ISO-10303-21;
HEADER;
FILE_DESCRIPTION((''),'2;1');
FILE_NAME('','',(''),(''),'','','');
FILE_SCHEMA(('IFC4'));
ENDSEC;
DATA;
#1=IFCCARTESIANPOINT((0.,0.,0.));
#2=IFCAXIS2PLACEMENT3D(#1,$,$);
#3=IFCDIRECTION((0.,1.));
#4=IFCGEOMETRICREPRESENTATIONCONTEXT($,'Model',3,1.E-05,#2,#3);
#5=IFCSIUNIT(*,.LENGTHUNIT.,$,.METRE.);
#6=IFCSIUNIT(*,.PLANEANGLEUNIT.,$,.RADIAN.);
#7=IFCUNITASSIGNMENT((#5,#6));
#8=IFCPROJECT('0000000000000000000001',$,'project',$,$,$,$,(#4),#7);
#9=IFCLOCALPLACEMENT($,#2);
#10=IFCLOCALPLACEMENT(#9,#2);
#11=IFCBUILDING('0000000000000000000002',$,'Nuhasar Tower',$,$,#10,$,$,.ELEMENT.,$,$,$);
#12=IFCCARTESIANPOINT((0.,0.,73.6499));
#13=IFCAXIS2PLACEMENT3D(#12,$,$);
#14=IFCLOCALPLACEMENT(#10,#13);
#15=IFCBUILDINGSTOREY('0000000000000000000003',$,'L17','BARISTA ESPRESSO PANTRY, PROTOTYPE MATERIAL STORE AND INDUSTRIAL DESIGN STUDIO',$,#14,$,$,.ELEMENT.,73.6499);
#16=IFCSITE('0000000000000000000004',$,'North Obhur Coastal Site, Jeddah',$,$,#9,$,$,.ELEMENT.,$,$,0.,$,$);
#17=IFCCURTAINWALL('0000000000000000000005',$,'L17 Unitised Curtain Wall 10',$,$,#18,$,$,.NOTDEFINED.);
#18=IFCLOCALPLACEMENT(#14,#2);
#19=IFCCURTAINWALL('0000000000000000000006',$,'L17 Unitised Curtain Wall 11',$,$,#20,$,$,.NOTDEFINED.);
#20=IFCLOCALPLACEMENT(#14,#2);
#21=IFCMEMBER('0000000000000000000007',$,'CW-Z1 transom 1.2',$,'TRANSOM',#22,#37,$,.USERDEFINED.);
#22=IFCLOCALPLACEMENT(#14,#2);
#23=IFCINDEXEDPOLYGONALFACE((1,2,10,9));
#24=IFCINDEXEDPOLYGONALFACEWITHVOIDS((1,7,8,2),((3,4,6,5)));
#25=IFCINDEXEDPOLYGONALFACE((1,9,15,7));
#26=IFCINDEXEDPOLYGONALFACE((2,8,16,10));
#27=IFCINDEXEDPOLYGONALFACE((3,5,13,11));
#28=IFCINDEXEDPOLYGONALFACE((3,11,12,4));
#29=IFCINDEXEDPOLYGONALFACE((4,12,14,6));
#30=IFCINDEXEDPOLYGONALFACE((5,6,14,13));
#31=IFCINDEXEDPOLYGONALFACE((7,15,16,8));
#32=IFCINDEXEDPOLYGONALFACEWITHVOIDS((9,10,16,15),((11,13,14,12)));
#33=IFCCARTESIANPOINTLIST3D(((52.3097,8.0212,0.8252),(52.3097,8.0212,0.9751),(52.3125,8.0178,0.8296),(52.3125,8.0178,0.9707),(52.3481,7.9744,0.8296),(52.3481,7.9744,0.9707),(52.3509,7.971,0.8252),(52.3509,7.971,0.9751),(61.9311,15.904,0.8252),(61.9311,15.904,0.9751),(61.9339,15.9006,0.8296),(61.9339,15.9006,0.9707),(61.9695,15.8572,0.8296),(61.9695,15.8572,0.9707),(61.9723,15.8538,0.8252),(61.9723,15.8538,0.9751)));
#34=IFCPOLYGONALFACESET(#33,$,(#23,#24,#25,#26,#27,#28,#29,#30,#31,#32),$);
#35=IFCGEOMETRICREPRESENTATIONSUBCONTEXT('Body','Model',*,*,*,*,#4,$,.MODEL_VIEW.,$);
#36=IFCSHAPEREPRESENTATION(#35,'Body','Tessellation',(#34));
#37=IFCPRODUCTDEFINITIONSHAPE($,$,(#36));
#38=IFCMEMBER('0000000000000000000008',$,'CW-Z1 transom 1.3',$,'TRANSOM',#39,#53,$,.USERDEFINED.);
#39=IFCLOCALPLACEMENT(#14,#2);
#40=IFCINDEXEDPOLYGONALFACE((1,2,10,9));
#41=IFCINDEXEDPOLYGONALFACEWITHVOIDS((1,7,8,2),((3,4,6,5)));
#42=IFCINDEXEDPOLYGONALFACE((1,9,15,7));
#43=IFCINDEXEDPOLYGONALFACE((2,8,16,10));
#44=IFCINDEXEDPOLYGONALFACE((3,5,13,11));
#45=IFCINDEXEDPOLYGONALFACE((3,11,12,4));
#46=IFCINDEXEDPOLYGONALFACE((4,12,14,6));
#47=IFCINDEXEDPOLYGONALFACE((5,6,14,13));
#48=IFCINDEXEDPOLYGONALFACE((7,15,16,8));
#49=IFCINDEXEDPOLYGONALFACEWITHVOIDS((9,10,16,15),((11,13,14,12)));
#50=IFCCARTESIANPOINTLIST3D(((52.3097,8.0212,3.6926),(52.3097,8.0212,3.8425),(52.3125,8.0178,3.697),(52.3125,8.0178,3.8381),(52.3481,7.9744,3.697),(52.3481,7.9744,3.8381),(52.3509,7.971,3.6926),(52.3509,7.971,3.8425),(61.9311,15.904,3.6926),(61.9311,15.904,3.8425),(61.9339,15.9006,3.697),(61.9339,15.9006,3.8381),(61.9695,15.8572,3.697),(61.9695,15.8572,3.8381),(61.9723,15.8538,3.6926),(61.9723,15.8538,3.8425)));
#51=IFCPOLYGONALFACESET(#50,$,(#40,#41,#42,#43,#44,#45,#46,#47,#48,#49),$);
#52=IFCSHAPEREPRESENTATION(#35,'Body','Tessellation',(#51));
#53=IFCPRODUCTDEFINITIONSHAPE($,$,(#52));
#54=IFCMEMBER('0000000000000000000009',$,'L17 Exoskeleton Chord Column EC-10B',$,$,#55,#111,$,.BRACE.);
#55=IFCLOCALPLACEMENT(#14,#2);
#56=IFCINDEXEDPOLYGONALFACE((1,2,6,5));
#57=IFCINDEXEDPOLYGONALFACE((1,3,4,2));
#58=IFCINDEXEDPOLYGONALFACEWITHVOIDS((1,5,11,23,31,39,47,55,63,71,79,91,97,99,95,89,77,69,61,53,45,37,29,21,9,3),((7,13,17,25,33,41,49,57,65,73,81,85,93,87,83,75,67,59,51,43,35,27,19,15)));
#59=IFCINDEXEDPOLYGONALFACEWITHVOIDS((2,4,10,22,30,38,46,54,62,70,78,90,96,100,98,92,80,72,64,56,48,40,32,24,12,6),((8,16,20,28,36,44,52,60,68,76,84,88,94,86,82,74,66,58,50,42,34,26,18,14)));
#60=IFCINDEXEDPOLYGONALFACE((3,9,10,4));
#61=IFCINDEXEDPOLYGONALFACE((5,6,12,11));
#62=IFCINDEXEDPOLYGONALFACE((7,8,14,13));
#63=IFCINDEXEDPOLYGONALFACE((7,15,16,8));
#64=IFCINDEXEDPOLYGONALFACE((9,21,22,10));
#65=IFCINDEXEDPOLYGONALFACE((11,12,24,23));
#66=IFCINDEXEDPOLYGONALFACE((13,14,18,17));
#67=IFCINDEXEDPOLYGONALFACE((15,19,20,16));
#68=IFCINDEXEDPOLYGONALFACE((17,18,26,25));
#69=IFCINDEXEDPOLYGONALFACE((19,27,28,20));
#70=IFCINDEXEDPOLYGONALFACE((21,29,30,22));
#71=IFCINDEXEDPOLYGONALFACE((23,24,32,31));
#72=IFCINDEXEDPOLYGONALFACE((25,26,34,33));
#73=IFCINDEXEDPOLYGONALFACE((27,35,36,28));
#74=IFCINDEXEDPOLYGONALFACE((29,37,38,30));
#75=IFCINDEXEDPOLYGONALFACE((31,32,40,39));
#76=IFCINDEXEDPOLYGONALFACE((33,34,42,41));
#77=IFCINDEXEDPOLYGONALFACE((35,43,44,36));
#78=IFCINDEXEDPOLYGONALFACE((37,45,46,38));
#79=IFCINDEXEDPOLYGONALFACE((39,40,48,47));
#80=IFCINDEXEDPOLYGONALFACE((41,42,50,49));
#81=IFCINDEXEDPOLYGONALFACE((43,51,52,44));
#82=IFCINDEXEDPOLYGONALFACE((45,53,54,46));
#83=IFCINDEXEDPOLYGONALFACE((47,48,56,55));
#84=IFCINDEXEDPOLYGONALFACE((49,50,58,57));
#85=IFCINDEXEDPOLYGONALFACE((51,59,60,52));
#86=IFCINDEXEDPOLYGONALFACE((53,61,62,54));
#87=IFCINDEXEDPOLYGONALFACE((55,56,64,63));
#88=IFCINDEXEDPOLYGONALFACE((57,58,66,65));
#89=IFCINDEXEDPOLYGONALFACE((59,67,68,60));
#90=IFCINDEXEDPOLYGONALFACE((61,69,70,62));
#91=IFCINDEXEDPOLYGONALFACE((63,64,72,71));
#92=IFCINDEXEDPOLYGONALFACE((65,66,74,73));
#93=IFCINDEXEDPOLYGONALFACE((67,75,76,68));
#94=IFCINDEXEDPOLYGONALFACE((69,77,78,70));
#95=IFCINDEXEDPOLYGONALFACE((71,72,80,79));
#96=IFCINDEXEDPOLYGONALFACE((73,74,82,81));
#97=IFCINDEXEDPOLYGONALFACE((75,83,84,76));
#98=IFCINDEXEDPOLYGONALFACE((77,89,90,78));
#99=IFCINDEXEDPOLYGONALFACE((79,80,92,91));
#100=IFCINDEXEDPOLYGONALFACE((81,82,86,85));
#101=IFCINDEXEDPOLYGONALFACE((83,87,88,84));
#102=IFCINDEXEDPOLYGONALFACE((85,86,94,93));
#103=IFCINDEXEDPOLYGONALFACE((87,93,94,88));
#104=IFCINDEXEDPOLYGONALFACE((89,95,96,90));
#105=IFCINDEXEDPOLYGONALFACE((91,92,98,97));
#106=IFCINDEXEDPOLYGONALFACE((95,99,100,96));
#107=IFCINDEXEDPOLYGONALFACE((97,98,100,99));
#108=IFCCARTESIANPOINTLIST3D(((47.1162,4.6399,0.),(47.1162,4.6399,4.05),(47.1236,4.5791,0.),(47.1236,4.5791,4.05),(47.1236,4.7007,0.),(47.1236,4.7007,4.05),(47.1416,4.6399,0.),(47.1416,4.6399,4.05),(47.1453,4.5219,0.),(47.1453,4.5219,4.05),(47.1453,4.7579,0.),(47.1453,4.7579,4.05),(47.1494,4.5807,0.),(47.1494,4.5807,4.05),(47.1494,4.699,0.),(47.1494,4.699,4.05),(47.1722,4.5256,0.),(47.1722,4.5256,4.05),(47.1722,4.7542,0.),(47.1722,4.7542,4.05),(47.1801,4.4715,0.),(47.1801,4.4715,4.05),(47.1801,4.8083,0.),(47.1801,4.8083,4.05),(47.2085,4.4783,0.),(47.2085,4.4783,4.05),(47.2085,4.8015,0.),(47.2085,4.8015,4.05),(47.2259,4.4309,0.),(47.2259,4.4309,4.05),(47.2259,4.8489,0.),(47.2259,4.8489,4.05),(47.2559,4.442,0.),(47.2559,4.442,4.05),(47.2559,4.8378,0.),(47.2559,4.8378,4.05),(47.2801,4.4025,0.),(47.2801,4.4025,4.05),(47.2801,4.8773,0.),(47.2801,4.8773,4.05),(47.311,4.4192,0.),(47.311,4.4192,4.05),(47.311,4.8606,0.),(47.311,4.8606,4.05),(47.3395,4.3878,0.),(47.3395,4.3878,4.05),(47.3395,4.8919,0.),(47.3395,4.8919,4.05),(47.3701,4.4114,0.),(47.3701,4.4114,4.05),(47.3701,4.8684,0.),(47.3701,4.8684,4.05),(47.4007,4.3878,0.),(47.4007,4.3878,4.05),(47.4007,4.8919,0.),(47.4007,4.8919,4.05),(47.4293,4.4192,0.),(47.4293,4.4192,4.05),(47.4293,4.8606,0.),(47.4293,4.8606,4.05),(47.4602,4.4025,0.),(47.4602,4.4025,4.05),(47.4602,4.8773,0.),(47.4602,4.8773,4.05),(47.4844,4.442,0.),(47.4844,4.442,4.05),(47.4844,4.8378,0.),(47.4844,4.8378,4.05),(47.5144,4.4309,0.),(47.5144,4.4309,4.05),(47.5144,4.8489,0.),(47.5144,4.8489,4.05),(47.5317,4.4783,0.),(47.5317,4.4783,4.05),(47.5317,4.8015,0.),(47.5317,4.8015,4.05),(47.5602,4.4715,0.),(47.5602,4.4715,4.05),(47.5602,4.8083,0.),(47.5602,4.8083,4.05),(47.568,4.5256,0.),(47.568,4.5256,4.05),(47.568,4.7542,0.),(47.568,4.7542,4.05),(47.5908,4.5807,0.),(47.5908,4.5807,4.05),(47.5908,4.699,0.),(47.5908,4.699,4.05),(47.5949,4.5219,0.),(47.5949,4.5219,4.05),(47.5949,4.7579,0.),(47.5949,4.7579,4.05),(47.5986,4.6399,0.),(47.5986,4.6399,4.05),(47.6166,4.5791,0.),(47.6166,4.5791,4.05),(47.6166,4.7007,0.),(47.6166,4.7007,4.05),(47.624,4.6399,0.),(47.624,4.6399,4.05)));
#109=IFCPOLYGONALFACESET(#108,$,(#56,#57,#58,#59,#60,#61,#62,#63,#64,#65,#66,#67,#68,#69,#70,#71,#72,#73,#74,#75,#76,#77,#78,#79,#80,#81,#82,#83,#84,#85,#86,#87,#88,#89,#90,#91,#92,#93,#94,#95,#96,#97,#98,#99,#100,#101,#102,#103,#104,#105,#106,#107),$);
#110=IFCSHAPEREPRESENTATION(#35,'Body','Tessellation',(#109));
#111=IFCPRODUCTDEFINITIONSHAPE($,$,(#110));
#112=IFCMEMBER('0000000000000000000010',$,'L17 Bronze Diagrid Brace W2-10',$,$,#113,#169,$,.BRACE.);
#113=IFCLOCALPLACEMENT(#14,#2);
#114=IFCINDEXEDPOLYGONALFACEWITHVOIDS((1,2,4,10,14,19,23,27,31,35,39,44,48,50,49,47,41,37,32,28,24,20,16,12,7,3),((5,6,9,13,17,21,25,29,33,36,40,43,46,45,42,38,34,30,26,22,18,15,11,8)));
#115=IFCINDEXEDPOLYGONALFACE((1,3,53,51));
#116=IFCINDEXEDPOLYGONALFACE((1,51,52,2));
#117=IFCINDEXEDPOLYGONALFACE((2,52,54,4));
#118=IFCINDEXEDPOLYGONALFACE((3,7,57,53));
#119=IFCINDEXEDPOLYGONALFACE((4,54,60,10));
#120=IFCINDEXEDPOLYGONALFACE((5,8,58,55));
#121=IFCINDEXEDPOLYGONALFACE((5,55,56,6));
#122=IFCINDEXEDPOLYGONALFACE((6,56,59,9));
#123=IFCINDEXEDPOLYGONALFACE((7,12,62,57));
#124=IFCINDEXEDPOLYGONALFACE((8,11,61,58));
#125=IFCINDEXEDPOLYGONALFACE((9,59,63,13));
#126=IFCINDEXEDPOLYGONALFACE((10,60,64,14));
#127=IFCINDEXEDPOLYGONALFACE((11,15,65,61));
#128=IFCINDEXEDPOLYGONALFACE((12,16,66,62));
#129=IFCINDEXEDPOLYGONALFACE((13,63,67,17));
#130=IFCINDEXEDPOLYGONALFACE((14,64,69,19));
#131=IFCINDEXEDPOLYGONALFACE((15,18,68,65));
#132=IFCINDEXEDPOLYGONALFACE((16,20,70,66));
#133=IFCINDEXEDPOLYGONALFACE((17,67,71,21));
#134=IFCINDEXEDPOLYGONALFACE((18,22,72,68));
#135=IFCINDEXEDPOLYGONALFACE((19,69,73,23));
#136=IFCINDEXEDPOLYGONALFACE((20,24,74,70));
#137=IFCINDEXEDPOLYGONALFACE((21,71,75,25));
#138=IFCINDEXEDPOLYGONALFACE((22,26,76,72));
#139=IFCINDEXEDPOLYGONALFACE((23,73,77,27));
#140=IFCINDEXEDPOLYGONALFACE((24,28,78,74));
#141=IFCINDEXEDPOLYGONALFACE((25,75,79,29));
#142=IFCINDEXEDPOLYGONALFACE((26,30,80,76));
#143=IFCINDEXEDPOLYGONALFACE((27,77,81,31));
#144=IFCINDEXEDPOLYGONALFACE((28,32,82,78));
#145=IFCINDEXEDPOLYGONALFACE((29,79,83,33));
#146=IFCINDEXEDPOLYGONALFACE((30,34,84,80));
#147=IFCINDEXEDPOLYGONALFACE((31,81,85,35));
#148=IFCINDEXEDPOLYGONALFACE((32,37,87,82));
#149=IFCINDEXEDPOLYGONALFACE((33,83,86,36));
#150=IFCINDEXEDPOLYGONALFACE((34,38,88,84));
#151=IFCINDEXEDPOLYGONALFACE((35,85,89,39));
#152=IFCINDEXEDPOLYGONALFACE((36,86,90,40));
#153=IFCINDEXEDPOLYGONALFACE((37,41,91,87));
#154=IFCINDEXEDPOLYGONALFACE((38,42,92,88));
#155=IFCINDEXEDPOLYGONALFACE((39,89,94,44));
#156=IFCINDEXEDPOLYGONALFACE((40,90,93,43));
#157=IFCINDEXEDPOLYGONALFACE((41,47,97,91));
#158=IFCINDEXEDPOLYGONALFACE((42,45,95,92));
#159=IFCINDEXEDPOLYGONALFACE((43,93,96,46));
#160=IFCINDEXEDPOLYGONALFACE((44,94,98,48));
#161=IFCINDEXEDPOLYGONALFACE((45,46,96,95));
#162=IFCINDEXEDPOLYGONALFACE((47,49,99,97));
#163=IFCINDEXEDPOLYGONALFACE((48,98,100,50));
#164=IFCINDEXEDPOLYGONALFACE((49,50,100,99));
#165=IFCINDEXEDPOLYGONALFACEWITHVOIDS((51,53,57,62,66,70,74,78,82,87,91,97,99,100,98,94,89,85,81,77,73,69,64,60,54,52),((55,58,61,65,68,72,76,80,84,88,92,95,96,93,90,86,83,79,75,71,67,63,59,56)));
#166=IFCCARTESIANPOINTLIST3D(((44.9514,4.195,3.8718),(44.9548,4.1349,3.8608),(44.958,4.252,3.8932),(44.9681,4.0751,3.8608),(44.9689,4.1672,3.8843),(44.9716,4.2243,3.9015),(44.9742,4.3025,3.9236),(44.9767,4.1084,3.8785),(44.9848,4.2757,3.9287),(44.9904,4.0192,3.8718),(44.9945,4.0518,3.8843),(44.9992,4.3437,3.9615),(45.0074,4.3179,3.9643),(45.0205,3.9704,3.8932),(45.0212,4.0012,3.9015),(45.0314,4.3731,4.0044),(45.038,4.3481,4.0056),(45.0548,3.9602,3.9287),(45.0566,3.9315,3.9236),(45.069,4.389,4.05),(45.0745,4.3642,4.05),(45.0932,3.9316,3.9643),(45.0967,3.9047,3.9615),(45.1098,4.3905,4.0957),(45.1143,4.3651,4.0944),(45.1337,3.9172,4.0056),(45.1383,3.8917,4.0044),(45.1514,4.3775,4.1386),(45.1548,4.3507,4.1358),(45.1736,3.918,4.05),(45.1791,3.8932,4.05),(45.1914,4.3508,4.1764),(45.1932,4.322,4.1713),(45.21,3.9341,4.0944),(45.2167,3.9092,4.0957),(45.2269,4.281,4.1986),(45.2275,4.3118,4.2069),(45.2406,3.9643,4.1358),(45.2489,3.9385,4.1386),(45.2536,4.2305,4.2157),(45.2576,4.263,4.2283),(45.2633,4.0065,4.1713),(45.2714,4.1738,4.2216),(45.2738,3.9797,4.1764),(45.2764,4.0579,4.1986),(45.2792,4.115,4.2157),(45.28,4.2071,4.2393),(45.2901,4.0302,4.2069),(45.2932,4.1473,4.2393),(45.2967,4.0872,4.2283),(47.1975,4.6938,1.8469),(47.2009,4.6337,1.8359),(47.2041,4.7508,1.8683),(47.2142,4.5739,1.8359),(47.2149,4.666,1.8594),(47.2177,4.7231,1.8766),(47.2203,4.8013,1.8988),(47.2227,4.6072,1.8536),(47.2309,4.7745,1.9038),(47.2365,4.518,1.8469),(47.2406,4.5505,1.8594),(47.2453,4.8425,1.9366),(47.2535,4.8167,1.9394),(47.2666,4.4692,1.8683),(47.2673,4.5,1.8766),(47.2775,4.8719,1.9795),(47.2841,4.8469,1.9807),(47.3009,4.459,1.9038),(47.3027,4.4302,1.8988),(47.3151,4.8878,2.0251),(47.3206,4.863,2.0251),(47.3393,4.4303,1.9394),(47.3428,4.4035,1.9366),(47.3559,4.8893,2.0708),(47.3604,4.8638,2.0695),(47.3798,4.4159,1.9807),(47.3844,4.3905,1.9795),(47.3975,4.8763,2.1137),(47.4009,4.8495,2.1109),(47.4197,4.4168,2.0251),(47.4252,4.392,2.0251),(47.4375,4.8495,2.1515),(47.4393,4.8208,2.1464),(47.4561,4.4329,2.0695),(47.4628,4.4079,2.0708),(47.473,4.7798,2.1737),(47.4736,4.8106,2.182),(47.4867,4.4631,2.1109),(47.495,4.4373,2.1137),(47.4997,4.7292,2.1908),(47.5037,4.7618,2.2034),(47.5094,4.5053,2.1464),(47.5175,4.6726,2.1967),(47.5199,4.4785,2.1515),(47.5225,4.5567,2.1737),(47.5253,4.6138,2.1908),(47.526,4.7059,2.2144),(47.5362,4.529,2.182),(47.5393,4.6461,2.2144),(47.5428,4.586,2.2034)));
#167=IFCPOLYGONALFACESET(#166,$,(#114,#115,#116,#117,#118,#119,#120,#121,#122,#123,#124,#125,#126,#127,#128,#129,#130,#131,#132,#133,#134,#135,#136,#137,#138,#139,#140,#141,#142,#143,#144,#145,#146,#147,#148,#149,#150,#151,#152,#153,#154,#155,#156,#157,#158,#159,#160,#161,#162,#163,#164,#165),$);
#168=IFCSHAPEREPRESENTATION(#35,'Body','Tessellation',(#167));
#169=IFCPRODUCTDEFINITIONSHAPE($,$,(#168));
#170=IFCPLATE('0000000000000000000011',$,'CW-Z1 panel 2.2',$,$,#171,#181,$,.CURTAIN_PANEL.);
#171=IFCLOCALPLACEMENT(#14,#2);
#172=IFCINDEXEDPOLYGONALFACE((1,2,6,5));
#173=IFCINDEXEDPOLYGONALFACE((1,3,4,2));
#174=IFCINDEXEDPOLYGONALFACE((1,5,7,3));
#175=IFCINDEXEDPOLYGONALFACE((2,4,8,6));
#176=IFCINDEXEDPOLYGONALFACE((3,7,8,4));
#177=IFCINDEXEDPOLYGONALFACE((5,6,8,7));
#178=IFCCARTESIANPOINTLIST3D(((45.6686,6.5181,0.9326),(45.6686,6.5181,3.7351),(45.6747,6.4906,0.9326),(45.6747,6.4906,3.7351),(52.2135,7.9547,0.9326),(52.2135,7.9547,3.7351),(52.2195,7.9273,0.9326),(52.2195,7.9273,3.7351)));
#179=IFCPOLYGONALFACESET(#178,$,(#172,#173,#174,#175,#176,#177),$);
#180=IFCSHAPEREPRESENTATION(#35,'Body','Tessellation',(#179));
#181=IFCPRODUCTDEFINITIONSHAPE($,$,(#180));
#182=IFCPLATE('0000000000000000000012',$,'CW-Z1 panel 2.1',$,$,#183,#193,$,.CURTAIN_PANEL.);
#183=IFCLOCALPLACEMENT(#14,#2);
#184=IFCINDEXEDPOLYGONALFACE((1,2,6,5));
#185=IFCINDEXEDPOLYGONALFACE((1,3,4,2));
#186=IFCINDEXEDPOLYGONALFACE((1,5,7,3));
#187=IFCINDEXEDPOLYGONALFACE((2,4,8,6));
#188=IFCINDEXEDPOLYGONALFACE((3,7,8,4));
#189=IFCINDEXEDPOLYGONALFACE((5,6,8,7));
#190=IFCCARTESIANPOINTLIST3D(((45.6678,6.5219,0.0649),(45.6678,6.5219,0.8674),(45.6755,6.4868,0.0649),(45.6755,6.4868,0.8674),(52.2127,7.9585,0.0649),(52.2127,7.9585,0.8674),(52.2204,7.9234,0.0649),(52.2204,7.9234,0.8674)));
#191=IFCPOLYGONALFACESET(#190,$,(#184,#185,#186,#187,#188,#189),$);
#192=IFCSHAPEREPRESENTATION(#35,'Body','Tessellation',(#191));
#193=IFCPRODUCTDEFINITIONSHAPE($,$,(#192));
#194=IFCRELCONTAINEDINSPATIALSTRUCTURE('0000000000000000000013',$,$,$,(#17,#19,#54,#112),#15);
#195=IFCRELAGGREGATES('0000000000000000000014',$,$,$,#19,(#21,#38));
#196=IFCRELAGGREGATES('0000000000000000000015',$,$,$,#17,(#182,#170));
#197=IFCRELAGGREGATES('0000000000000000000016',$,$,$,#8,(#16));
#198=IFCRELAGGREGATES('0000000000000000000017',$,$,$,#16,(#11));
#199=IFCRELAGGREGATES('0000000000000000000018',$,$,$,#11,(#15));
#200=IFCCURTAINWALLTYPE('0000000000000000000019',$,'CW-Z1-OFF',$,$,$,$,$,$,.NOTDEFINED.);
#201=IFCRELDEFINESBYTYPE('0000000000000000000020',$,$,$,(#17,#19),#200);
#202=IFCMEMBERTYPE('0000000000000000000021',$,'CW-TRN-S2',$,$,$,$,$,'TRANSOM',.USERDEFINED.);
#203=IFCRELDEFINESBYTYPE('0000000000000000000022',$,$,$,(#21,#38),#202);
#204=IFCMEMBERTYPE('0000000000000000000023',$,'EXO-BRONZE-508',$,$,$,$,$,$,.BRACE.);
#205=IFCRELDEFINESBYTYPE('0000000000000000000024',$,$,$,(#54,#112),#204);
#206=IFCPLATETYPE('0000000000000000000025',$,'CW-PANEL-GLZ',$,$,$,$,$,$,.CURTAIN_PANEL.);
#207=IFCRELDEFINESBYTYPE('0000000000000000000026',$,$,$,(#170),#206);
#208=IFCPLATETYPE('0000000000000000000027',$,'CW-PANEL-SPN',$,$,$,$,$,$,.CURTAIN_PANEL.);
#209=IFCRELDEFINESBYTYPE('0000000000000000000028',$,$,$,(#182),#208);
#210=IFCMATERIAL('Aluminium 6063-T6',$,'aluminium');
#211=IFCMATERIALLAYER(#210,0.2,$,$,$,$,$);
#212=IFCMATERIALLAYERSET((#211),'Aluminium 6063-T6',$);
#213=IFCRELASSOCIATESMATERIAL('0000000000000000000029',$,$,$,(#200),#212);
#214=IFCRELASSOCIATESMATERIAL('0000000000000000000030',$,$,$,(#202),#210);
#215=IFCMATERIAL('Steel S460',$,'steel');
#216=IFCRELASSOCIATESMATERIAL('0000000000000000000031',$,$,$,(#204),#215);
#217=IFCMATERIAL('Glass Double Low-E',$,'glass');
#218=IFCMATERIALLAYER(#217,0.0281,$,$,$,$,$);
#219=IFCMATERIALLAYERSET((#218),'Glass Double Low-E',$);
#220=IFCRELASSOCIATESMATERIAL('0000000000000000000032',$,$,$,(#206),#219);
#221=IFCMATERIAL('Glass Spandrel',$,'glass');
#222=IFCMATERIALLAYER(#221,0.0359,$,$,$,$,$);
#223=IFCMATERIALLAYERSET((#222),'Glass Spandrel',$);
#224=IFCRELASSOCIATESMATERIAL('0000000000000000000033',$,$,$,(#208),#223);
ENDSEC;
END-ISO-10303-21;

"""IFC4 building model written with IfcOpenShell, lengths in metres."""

from ifc_helpers import new_model, si_unit, direction, frame, origin, origin_2d, place, context, subcontext, project, spatial, rectangle, hollow_rectangle, hollow_circle, extrude, material, layer, layer_set, material_profile, profile_set, type_object, element, aggregate, save


model = new_model("IFC4")

# Units and contexts
model_context = context("Model", 3, precision=1e-05, world=origin(), true_north=direction((0.0, 1.0)))
body_context = subcontext(model_context, "Body", "Model", "MODEL_VIEW")
ifc_project = project(units=[si_unit("LENGTHUNIT", "METRE"), si_unit("PLANEANGLEUNIT", "RADIAN")], contexts=[model_context])

# Site, building, storey
site_placement = place(None, origin())
site = spatial("IfcSite", under=ifc_project, at=site_placement, Name="North Obhur Coastal Site, Jeddah", CompositionType="ELEMENT", RefElevation=0.0)
building_placement = place(site_placement, origin())
building = spatial("IfcBuilding", under=site, at=building_placement, Name="Nuhasar Tower", CompositionType="ELEMENT")
storey_placement = place(building_placement, frame((0.0, 0.0, 73.6499)))
storey = spatial("IfcBuildingStorey", under=building, at=storey_placement, Name="L17", Description="BARISTA ESPRESSO PANTRY, PROTOTYPE MATERIAL STORE AND INDUSTRIAL DESIGN STUDIO", CompositionType="ELEMENT", Elevation=73.6499)

# Curtain wall
ifc_material_1 = material(Name="Aluminium 6063-T6", Category="aluminium")
ifc_layer_1 = layer(ifc_material_1, 0.2)
ifc_layer_set_1 = layer_set([ifc_layer_1], Name="Aluminium 6063-T6")
curtain_wall_type = type_object("IfcCurtainWallType", Name="CW-Z1-OFF", PredefinedType="NOTDEFINED", material=ifc_layer_set_1)
curtain_wall_1_placement = place(storey_placement, origin())
curtain_wall_1 = element("IfcCurtainWall", 1, at=curtain_wall_1_placement, inside=storey, type_object=curtain_wall_type, Name="L17 Unitised Curtain Wall 10", PredefinedType="NOTDEFINED")

# Curtain wall, members
curtain_wall_2_placement = place(storey_placement, origin())
curtain_wall_2 = element("IfcCurtainWall", 2, at=curtain_wall_2_placement, inside=storey, type_object=curtain_wall_type, Name="L17 Unitised Curtain Wall 11", PredefinedType="NOTDEFINED")
ifc_material_profile_1 = material_profile(ifc_material_1, hollow_rectangle(XDim=0.0649, YDim=0.1499, WallThickness=0.0044, at=origin_2d()), Name="CWT-2")
ifc_profile_set_1 = profile_set([ifc_material_profile_1], Name="Aluminium 6063-T6")
member_type_1 = type_object("IfcMemberType", Name="CW-TRN-S2", ElementType="TRANSOM", PredefinedType="USERDEFINED", material=ifc_profile_set_1)
member_1_placement = place(storey_placement, frame((52.3303, 7.9961, 0.9001), z_axis=(0.773531, 0.633758, 0.0), x_axis=(-0.633758, 0.773531, 0.0)))
member_1 = element("IfcMember", 3, at=member_1_placement, type_object=member_type_1, Name="CW-Z1 transom 1.2", ObjectType="TRANSOM", PredefinedType="USERDEFINED", context=body_context, shape_type="SweptSolid", body=[
    extrude(hollow_rectangle(XDim=0.0649, YDim=0.1499, WallThickness=0.0044, at=origin_2d()), origin(), (0.0, 0.0, 1.0), 12.4382),
])
member_2_placement = place(storey_placement, frame((52.3303, 7.9961, 3.7676), z_axis=(0.773531, 0.633758, 0.0), x_axis=(-0.633758, 0.773531, 0.0)))
member_2 = element("IfcMember", 4, at=member_2_placement, type_object=member_type_1, Name="CW-Z1 transom 1.3", ObjectType="TRANSOM", PredefinedType="USERDEFINED", context=body_context, shape_type="SweptSolid", body=[
    extrude(hollow_rectangle(XDim=0.0649, YDim=0.1499, WallThickness=0.0044, at=origin_2d()), origin(), (0.0, 0.0, 1.0), 12.4382),
])
aggregate(curtain_wall_2, [member_1, member_2])

# Members
ifc_material_2 = material(Name="Steel S460", Category="steel")
ifc_material_profile_2 = material_profile(ifc_material_2, hollow_circle(Radius=0.2539, WallThickness=0.0254, at=origin_2d()), Name="HSS508X25.4")
ifc_profile_set_2 = profile_set([ifc_material_profile_2], Name="Steel S460")
member_type_2 = type_object("IfcMemberType", Name="EXO-BRONZE-508", PredefinedType="BRACE", material=ifc_profile_set_2)
member_3_placement = place(storey_placement, frame((47.3701, 4.6399, 0.0), z_axis=(0.0, 0.0, 1.0), x_axis=(1.0, 0.0, 0.0)))
element("IfcMember", 5, at=member_3_placement, inside=storey, type_object=member_type_2, Name="L17 Exoskeleton Chord Column EC-10B", PredefinedType="BRACE", context=body_context, shape_type="SweptSolid", body=[
    extrude(hollow_circle(Radius=0.2539, WallThickness=0.0254, at=origin_2d()), origin(), (0.0, 0.0, 1.0), 4.05),
])
member_4_placement = place(storey_placement, frame((47.3701, 4.6399, 2.0251), z_axis=(-0.732831, -0.162736, 0.660663), x_axis=(0.216784, -0.97622, 0.0)))
element("IfcMember", 6, at=member_4_placement, inside=storey, type_object=member_type_2, Name="L17 Bronze Diagrid Brace W2-10", PredefinedType="BRACE", context=body_context, shape_type="SweptSolid", body=[
    extrude(hollow_circle(Radius=0.2539, WallThickness=0.0254, at=origin_2d()), origin(), (0.0, 0.0, 1.0), 3.0649),
])

# Plates
ifc_material_3 = material(Name="Glass Double Low-E", Category="glass")
ifc_layer_2 = layer(ifc_material_3, 0.0281)
ifc_layer_set_2 = layer_set([ifc_layer_2], Name="Glass Double Low-E")
plate_type_1 = type_object("IfcPlateType", Name="CW-PANEL-GLZ", PredefinedType="CURTAIN_PANEL", material=ifc_layer_set_2)
plate_1_placement = place(storey_placement, frame((48.9441, 7.2227, 0.9326), z_axis=(0.0, 0.0, 1.0), x_axis=(0.976746, 0.214399, 0.0)))
plate_1 = element("IfcPlate", 7, at=plate_1_placement, type_object=plate_type_1, Name="CW-Z1 panel 2.2", PredefinedType="CURTAIN_PANEL", context=body_context, shape_type="SweptSolid", body=[
    extrude(rectangle(XDim=6.7007, YDim=0.0281, at=origin_2d()), origin(), (0.0, 0.0, 1.0), 2.8025),
])
ifc_material_4 = material(Name="Glass Spandrel", Category="glass")
ifc_layer_3 = layer(ifc_material_4, 0.0359)
ifc_layer_set_3 = layer_set([ifc_layer_3], Name="Glass Spandrel")
plate_type_2 = type_object("IfcPlateType", Name="CW-PANEL-SPN", PredefinedType="CURTAIN_PANEL", material=ifc_layer_set_3)
plate_2_placement = place(storey_placement, frame((48.9441, 7.2227, 0.0649), z_axis=(0.0, 0.0, 1.0), x_axis=(0.976746, 0.214399, 0.0)))
plate_2 = element("IfcPlate", 8, at=plate_2_placement, type_object=plate_type_2, Name="CW-Z1 panel 2.1", PredefinedType="CURTAIN_PANEL", context=body_context, shape_type="SweptSolid", body=[
    extrude(rectangle(XDim=6.7007, YDim=0.0359, at=origin_2d()), origin(), (0.0, 0.0, 1.0), 0.8025),
])
aggregate(curtain_wall_1, [plate_2, plate_1])

save(model, "model.ifc")
